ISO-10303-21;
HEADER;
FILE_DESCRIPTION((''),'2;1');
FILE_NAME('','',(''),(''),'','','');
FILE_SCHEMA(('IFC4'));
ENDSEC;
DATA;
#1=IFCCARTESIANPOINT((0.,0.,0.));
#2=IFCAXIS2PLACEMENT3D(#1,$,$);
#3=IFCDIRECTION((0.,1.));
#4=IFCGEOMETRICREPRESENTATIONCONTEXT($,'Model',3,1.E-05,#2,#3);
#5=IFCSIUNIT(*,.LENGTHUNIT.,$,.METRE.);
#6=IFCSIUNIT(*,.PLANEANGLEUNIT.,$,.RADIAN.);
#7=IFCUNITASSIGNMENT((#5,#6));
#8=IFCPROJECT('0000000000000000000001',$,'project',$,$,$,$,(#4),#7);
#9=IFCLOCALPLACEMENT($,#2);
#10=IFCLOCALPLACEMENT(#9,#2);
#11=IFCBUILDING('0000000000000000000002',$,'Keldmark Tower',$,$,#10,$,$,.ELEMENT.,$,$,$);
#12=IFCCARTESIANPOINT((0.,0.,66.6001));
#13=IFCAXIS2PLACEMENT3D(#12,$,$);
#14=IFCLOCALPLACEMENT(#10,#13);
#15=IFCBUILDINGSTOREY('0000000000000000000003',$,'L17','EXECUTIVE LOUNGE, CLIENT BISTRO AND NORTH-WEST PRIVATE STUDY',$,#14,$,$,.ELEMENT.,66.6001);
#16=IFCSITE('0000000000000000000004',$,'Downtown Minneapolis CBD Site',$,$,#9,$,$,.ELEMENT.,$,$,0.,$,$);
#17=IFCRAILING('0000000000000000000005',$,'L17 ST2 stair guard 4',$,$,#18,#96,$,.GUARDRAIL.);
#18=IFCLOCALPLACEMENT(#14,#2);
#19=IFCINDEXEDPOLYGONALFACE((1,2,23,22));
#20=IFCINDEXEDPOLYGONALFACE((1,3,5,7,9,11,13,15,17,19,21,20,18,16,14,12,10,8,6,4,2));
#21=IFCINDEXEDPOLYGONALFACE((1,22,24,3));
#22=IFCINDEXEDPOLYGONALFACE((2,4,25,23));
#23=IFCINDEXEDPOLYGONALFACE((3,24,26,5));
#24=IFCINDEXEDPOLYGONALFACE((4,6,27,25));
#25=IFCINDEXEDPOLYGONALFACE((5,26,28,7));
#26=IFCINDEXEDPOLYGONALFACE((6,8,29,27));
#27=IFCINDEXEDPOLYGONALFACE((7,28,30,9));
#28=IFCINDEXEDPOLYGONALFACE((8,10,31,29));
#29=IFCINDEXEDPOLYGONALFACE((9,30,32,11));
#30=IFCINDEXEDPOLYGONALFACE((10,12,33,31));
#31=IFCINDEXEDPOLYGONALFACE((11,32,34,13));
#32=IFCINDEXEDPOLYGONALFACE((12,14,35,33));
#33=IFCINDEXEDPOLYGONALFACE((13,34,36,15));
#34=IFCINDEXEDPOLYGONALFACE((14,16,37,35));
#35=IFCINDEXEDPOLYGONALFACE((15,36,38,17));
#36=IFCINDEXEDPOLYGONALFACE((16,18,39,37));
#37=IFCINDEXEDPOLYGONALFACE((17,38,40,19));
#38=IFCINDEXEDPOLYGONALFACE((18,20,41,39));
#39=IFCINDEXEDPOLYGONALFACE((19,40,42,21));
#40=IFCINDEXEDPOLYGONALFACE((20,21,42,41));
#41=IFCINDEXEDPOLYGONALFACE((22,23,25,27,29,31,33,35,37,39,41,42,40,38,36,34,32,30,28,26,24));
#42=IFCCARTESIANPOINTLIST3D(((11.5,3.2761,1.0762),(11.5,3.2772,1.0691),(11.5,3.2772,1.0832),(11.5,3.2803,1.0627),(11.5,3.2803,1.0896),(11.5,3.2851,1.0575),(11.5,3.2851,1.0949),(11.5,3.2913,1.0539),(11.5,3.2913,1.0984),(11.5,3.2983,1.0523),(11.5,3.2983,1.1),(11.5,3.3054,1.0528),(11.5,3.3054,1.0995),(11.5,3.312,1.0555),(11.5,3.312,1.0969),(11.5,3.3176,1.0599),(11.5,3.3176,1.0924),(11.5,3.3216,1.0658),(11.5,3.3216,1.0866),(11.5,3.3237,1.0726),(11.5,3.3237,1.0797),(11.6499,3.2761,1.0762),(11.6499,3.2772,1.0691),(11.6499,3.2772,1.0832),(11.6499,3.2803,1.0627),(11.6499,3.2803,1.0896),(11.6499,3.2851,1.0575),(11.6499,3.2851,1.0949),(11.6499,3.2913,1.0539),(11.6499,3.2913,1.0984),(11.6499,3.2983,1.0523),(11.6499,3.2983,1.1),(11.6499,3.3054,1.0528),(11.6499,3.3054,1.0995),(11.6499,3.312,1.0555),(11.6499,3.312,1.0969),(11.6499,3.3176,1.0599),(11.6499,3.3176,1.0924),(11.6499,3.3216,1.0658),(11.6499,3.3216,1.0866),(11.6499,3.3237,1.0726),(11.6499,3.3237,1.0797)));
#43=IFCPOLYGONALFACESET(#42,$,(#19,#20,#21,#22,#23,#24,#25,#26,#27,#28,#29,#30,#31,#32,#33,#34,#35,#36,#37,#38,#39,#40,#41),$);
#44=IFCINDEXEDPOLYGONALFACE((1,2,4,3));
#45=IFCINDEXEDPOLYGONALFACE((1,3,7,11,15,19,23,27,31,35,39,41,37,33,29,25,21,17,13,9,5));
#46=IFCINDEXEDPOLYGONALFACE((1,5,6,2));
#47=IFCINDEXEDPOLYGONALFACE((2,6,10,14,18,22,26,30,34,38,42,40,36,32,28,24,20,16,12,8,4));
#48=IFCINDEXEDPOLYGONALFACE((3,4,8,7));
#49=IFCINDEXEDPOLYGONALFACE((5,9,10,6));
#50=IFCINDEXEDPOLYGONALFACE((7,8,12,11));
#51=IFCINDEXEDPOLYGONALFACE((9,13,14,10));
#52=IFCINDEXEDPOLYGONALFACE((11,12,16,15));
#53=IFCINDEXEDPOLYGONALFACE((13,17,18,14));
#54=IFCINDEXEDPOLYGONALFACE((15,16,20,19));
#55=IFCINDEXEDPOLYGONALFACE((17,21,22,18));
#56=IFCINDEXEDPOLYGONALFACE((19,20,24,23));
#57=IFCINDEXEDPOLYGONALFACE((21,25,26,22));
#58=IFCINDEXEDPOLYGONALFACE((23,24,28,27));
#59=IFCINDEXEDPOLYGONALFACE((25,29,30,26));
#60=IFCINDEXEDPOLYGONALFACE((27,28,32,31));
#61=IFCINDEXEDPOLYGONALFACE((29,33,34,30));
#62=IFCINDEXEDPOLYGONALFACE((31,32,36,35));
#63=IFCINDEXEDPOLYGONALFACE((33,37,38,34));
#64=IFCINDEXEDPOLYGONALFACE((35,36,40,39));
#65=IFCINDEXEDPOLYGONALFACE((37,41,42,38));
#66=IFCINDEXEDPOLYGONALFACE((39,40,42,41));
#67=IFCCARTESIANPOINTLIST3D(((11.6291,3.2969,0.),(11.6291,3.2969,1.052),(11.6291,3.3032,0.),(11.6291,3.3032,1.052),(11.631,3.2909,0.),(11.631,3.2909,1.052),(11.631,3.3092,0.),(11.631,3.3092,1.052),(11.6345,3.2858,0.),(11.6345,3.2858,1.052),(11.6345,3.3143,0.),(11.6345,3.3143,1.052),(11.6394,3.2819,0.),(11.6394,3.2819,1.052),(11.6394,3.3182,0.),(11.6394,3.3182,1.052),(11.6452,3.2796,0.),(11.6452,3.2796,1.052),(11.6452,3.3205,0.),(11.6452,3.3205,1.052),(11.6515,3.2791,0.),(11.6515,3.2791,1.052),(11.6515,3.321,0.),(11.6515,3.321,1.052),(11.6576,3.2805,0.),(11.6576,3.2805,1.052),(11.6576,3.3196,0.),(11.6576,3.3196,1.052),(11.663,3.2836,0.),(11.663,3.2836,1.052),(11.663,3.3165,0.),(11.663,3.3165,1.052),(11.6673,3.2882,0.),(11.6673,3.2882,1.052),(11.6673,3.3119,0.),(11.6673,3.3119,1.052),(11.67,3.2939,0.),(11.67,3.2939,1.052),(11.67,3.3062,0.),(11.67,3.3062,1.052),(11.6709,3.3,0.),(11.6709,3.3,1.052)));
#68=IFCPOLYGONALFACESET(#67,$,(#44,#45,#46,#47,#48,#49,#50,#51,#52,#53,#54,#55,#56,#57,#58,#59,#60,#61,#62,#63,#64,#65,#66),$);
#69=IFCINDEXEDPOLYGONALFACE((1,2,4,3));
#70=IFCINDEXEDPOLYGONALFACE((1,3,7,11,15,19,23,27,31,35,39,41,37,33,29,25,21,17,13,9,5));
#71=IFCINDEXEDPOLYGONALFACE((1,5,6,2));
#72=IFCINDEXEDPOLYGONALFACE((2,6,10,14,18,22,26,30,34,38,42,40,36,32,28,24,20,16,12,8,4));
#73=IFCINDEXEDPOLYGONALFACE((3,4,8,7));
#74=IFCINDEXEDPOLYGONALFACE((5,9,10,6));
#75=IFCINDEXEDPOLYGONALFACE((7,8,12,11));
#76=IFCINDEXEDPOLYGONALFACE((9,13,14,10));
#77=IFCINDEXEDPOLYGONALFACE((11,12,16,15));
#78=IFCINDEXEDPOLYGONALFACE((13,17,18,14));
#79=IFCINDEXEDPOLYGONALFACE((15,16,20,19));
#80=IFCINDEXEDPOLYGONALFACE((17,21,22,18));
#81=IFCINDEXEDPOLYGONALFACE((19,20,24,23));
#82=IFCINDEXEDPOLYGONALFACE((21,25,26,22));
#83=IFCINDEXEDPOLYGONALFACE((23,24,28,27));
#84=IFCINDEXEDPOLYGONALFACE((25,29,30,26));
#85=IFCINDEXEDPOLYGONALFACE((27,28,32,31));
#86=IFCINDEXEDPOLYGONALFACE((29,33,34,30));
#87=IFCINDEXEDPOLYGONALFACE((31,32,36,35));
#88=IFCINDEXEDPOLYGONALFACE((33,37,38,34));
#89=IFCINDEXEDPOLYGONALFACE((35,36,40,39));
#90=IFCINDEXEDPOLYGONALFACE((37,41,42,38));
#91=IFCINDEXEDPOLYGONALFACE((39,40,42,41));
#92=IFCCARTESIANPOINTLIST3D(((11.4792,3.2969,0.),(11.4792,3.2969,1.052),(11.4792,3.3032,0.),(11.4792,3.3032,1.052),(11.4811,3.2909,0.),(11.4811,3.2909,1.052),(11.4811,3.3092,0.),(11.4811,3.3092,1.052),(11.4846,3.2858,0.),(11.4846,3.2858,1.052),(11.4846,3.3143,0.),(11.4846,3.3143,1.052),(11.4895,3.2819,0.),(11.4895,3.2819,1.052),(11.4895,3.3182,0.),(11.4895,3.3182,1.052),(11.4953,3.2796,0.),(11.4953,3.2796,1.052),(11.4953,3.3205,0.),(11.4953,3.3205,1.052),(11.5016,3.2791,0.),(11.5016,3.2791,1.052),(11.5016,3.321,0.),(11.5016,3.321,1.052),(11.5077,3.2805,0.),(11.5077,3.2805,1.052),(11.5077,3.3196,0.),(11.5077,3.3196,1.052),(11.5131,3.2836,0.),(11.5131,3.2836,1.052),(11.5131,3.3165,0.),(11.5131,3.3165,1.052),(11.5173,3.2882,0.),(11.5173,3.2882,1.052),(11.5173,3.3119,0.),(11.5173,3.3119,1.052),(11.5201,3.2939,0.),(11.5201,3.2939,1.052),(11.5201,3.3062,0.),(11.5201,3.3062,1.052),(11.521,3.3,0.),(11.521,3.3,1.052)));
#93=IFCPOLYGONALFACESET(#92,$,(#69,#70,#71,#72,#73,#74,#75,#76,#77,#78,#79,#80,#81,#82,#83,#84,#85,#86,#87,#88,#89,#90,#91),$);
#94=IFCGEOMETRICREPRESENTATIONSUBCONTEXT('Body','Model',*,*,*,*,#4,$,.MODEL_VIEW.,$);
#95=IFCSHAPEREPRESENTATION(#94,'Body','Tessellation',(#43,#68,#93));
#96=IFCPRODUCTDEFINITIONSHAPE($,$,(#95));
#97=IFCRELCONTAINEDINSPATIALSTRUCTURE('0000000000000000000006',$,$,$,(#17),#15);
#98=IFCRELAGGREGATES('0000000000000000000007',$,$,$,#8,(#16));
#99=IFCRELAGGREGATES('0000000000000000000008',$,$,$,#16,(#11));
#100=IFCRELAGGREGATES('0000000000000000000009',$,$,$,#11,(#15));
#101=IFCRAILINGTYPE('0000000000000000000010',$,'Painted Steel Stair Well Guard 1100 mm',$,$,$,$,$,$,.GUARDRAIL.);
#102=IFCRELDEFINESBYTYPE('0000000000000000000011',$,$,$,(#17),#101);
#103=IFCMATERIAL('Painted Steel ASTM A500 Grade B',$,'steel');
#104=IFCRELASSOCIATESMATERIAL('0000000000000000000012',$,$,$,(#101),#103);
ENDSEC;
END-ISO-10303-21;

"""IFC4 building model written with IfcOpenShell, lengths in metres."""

from ifc_helpers import new_model, si_unit, direction, frame, origin, origin_2d, place, context, subcontext, project, spatial, circle, extrude, material, type_object, element, save


model = new_model("IFC4")

# Units and contexts
model_context = context("Model", 3, precision=1e-05, world=origin(), true_north=direction((0.0, 1.0)))
body_context = subcontext(model_context, "Body", "Model", "MODEL_VIEW")
ifc_project = project(units=[si_unit("LENGTHUNIT", "METRE"), si_unit("PLANEANGLEUNIT", "RADIAN")], contexts=[model_context])

# Site, building, storey
site_placement = place(None, origin())
site = spatial("IfcSite", under=ifc_project, at=site_placement, Name="Downtown Minneapolis CBD Site", CompositionType="ELEMENT", RefElevation=0.0)
building_placement = place(site_placement, origin())
building = spatial("IfcBuilding", under=site, at=building_placement, Name="Keldmark Tower", CompositionType="ELEMENT")
storey_placement = place(building_placement, frame((0.0, 0.0, 66.6001)))
storey = spatial("IfcBuildingStorey", under=building, at=storey_placement, Name="L17", Description="EXECUTIVE LOUNGE, CLIENT BISTRO AND NORTH-WEST PRIVATE STUDY", CompositionType="ELEMENT", Elevation=66.6001)

# Railing
ifc_material_1 = material(Name="Painted Steel ASTM A500 Grade B", Category="steel")
railing_type_1 = type_object("IfcRailingType", Name="Painted Steel Stair Well Guard 1100 mm", PredefinedType="GUARDRAIL", material=ifc_material_1)
railing_1_placement = place(storey_placement, frame((11.6499, 3.3, 0.0)))
element("IfcRailing", 1, at=railing_1_placement, inside=storey, type_object=railing_type_1, Name="L17 ST2 stair guard 4", PredefinedType="GUARDRAIL", context=body_context, shape_type="SweptSolid", body=[
    extrude(circle(Radius=0.0239, at=origin_2d()), frame((0.0, 0.0, 1.0762), z_axis=(-1.0, 0.0, 0.0), x_axis=(0.0, -1.0, 0.0)), (0.0, 0.0, 1.0), 0.1499),
    extrude(circle(Radius=0.021, at=origin_2d()), origin(), (0.0, 0.0, 1.0), 1.052),
    extrude(circle(Radius=0.021, at=origin_2d()), frame((-0.1499, 0.0, 0.0)), (0.0, 0.0, 1.0), 1.052),
])

save(model, "model.ifc")
